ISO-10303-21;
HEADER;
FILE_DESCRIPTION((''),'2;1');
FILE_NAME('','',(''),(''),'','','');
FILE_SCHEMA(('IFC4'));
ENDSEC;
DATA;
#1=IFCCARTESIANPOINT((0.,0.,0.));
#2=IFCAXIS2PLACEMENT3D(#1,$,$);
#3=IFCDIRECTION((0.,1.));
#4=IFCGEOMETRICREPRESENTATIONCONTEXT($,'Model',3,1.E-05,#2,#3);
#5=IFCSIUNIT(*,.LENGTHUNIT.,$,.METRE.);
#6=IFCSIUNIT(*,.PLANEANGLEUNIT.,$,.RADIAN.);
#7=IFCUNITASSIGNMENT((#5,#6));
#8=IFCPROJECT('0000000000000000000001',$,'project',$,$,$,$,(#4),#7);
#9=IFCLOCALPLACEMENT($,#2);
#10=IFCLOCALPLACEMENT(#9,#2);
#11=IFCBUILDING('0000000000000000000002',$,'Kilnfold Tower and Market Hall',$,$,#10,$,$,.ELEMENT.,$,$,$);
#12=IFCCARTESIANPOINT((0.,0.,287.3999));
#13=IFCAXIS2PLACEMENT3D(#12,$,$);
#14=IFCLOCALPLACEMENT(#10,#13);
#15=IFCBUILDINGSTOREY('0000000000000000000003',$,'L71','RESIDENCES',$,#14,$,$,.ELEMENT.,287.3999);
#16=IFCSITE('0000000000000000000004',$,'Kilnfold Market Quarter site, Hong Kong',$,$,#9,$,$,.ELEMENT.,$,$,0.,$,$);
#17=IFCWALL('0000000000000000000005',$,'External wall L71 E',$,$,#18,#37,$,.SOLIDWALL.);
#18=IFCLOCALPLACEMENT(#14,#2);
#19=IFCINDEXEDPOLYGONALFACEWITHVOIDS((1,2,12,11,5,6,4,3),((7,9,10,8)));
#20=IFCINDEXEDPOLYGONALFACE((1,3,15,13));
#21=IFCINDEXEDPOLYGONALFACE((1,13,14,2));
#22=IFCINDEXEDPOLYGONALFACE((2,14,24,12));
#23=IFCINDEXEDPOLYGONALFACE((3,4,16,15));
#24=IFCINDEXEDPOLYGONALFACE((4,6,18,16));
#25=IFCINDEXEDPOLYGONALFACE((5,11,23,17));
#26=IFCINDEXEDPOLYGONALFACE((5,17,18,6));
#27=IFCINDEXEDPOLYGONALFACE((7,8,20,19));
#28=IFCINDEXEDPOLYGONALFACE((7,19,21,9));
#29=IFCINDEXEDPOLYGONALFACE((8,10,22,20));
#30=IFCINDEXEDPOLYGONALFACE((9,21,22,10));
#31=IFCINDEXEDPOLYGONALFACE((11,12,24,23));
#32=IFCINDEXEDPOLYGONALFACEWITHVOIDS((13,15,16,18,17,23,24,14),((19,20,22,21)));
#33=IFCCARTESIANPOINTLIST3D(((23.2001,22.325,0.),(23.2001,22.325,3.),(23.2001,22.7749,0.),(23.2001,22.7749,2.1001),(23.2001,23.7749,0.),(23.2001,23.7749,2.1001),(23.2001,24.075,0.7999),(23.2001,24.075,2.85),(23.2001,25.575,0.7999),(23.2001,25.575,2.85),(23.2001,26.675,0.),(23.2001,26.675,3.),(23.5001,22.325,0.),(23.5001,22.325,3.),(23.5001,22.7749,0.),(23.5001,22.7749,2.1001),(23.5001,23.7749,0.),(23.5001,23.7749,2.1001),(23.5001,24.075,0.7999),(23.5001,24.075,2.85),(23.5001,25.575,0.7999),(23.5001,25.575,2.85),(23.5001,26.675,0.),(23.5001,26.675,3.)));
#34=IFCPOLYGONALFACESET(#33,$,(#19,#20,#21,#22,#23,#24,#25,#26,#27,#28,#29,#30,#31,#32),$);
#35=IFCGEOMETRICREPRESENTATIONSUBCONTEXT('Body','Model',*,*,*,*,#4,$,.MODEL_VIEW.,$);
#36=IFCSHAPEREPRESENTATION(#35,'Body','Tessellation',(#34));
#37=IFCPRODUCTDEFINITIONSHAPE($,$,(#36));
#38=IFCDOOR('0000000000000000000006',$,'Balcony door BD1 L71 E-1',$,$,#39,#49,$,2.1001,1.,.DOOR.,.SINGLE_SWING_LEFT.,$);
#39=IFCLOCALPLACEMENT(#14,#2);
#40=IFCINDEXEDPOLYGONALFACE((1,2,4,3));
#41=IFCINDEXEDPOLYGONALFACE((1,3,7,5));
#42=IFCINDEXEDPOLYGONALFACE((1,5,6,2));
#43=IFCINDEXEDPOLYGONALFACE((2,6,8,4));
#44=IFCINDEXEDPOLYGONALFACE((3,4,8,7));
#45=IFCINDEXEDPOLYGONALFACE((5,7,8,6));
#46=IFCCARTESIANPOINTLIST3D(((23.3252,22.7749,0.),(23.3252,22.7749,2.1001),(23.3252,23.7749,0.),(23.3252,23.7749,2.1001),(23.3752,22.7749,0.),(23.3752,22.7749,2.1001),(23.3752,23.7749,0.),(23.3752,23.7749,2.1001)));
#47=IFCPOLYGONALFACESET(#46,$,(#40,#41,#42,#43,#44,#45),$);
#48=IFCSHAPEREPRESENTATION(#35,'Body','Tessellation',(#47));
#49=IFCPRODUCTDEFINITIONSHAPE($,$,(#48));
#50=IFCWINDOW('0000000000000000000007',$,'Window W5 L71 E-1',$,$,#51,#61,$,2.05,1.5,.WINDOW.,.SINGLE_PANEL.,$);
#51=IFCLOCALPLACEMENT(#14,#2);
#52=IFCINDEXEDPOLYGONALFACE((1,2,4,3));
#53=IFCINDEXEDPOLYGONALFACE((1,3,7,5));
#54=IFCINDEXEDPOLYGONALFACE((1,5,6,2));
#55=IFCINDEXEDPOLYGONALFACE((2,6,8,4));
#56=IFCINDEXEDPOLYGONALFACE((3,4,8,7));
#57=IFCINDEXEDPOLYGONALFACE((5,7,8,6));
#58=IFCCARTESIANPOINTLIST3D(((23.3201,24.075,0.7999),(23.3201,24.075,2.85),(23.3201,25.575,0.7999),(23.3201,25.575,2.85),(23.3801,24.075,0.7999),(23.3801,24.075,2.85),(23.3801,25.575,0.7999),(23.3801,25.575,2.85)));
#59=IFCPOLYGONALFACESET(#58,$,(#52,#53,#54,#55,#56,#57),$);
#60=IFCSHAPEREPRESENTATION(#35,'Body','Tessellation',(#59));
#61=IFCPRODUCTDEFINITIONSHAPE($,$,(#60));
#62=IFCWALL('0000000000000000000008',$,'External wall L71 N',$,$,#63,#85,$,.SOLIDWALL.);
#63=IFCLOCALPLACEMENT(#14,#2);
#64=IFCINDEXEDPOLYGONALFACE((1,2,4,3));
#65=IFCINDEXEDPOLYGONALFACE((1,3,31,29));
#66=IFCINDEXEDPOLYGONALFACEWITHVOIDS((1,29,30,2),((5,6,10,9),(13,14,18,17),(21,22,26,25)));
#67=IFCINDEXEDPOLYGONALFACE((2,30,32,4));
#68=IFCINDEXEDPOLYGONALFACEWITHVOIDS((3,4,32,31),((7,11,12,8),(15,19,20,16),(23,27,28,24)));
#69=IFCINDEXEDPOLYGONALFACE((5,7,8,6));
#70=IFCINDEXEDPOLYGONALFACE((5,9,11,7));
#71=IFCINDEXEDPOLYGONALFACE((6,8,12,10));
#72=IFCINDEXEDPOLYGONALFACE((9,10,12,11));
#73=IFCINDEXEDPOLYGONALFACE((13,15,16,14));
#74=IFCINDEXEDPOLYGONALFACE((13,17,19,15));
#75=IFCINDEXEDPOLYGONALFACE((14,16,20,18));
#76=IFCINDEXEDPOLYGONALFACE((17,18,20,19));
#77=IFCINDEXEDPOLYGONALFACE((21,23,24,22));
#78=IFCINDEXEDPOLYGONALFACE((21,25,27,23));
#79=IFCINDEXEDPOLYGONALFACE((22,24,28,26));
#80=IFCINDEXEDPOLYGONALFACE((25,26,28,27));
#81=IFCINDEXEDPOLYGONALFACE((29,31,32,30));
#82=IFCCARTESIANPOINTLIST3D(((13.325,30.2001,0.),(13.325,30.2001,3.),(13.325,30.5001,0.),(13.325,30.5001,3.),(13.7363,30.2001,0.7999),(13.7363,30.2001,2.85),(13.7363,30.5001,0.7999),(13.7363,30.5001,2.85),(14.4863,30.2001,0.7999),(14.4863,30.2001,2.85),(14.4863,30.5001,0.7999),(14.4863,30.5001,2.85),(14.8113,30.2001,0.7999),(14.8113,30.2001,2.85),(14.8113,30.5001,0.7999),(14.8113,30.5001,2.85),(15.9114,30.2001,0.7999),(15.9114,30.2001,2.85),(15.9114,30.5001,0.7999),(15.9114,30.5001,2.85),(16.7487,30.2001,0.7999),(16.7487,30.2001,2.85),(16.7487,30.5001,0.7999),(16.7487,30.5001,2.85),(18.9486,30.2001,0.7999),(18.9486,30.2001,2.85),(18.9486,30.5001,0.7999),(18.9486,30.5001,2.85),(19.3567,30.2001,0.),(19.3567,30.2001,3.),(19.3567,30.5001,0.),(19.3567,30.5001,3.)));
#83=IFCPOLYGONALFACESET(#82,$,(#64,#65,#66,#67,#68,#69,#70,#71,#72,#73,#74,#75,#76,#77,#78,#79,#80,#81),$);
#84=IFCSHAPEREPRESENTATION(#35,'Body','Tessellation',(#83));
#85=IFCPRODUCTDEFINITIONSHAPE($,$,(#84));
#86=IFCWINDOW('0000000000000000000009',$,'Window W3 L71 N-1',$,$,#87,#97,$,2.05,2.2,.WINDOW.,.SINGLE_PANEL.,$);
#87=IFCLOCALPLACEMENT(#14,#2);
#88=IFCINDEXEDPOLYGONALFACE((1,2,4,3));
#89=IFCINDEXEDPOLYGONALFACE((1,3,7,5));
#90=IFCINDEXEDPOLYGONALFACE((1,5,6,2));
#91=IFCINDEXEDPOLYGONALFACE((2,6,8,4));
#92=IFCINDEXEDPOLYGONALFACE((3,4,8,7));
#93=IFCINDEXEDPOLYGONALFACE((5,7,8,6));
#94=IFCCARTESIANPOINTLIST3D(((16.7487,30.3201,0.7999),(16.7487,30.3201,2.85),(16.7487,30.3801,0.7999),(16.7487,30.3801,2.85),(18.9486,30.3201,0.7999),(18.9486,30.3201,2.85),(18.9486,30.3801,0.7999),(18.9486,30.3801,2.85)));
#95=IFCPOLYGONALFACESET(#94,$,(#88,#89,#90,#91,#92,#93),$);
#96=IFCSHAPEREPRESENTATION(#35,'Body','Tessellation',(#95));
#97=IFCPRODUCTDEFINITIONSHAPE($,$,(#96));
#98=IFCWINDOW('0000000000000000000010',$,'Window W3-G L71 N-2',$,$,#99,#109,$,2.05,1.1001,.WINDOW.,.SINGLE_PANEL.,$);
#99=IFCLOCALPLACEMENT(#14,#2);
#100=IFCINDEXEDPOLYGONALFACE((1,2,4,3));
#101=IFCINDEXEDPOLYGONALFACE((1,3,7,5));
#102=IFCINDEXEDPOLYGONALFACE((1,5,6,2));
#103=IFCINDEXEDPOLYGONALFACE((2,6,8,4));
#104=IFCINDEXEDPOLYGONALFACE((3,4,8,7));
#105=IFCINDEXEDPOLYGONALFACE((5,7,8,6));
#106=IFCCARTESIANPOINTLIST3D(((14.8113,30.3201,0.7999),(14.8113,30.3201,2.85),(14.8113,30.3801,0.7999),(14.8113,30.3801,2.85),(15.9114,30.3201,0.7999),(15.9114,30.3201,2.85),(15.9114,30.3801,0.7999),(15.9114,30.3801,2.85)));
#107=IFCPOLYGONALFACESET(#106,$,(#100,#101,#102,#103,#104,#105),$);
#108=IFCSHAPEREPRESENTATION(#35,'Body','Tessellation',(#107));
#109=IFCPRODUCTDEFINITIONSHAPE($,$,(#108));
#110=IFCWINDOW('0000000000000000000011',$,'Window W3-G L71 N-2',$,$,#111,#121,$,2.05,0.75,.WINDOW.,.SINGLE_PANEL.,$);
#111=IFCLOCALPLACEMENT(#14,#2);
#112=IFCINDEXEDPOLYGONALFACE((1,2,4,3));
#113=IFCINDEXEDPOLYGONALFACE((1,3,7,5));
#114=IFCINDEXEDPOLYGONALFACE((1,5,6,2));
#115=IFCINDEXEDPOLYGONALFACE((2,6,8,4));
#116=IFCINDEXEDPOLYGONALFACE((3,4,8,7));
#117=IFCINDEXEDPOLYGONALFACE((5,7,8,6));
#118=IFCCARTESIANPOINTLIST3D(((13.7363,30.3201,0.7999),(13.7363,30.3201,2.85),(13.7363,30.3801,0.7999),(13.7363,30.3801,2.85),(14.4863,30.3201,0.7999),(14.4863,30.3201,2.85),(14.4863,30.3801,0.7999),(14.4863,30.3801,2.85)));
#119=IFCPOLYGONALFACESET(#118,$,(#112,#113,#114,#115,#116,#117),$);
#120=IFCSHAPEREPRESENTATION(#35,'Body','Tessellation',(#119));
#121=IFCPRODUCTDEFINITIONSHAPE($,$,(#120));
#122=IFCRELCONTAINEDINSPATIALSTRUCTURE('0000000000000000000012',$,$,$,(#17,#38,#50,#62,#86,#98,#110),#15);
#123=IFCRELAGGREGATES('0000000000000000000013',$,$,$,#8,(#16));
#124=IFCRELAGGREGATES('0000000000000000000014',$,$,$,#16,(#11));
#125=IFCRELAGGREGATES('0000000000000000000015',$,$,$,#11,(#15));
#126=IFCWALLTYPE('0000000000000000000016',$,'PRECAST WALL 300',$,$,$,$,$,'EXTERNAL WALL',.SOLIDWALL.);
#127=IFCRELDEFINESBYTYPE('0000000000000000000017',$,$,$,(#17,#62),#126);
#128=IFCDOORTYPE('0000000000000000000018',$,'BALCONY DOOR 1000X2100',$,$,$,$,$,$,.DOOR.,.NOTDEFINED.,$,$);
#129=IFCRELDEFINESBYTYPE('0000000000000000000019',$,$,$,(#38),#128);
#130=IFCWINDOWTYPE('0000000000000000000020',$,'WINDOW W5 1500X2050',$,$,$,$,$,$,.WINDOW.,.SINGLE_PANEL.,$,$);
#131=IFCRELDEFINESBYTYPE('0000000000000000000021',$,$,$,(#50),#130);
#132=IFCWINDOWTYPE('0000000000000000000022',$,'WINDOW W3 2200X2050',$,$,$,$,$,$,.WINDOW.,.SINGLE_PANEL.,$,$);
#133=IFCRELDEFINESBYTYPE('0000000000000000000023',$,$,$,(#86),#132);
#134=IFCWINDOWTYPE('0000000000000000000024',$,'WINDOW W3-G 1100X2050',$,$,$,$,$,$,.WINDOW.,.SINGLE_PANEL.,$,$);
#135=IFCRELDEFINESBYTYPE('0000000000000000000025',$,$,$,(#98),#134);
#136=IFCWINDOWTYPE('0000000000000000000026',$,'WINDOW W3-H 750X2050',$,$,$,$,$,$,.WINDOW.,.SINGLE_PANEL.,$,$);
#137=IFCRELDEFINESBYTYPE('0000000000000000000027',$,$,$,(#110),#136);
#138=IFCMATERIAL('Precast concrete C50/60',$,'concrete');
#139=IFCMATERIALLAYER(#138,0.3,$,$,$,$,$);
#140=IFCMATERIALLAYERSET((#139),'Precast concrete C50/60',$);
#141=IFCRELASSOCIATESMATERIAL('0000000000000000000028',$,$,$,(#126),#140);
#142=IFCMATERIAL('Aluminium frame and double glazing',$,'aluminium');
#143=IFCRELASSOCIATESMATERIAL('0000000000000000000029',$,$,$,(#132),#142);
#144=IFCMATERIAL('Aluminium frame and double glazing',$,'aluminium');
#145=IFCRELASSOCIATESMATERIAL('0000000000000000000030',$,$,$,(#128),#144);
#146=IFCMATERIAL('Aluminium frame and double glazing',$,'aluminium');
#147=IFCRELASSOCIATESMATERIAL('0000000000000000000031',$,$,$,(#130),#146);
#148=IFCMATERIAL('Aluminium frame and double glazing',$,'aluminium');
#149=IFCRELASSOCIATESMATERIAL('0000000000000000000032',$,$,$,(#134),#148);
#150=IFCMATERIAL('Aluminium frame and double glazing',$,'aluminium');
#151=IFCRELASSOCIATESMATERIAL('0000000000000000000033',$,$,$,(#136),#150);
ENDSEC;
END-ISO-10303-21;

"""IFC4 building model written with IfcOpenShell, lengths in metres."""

from ifc_helpers import new_model, si_unit, direction, frame, frame_2d, origin, place, context, subcontext, project, spatial, rectangle, extrude, source, transform, mapped, material, layer, layer_set, type_object, element, fill, save


model = new_model("IFC4")

# Units and contexts
model_context = context("Model", 3, precision=1e-05, world=origin(), true_north=direction((0.0, 1.0)))
body_context = subcontext(model_context, "Body", "Model", "MODEL_VIEW")
ifc_project = project(units=[si_unit("LENGTHUNIT", "METRE"), si_unit("PLANEANGLEUNIT", "RADIAN")], contexts=[model_context])

# Site, building, storey
site_placement = place(None, origin())
site = spatial("IfcSite", under=ifc_project, at=site_placement, Name="Kilnfold Market Quarter site, Hong Kong", CompositionType="ELEMENT", RefElevation=0.0)
building_placement = place(site_placement, origin())
building = spatial("IfcBuilding", under=site, at=building_placement, Name="Kilnfold Tower and Market Hall", CompositionType="ELEMENT")
storey_placement = place(building_placement, frame((0.0, 0.0, 287.3999)))
storey = spatial("IfcBuildingStorey", under=building, at=storey_placement, Name="L71", Description="RESIDENCES", CompositionType="ELEMENT", Elevation=287.3999)

# Shared definitions
ifc_material_1 = material(Name="Precast concrete C50/60", Category="concrete")
ifc_layer_1 = layer(ifc_material_1, 0.3)
ifc_layer_set_1 = layer_set([ifc_layer_1], Name="Precast concrete C50/60")
wall_type_1 = type_object("IfcWallType", Name="PRECAST WALL 300", ElementType="EXTERNAL WALL", PredefinedType="SOLIDWALL", material=ifc_layer_set_1)
ifc_material_2 = material(Name="Aluminium frame and double glazing", Category="aluminium")
window_type_1 = type_object("IfcWindowType", Name="WINDOW W3 2200X2050", PartitioningType="SINGLE_PANEL", PredefinedType="WINDOW", material=ifc_material_2)

# Wall, openings, door, window
shared_shape_1 = source(origin(), body_context, "Body", "SweptSolid", [
    extrude(rectangle(XDim=4.3501, YDim=0.3, at=frame_2d((2.175, 0.0))), origin(), (0.0, 0.0, 1.0), 3.0),
])
wall_1_placement = place(storey_placement, frame((23.3501, 22.325, 0.0), z_axis=(0.0, 0.0, 1.0), x_axis=(0.0, 1.0, 0.0)))
wall_1 = element("IfcWall", 1, at=wall_1_placement, inside=storey, type_object=wall_type_1, Name="External wall L71 E", PredefinedType="SOLIDWALL", context=body_context, shape_type="MappedRepresentation", body=[
    mapped(shared_shape_1, transform((0.0, 0.0, 0.0))),
])
opening_1_placement = place(wall_1_placement, frame((1.75, 0.0, 0.8)))
opening_1 = element("IfcOpeningElement", 2, at=opening_1_placement, cuts=wall_1, PredefinedType="OPENING", context=body_context, shape_type="SweptSolid", body=[
    extrude(rectangle(XDim=1.5, YDim=2.05, at=frame_2d((0.75, 1.0249))), frame((0.0, 0.1602, 0.0), z_axis=(0.0, -1.0, 0.0), x_axis=(1.0, 0.0, 0.0)), (0.0, 0.0, 1.0), 0.3201),
])
opening_2_placement = place(wall_1_placement, frame((0.45, 0.0, 0.0)))
opening_2 = element("IfcOpeningElement", 3, at=opening_2_placement, cuts=wall_1, PredefinedType="OPENING", context=body_context, shape_type="SweptSolid", body=[
    extrude(rectangle(XDim=1.0, YDim=2.1001, at=frame_2d((0.5, 1.05))), frame((0.0, 0.1602, 0.0), z_axis=(0.0, -1.0, 0.0), x_axis=(1.0, 0.0, 0.0)), (0.0, 0.0, 1.0), 0.3201),
])
ifc_material_3 = material(Name="Aluminium frame and double glazing", Category="aluminium")
door_type_1 = type_object("IfcDoorType", Name="BALCONY DOOR 1000X2100", OperationType="NOTDEFINED", PredefinedType="DOOR", material=ifc_material_3)
door_1_placement = place(opening_2_placement, origin())
door_1 = element("IfcDoor", 4, at=door_1_placement, inside=storey, type_object=door_type_1, Name="Balcony door BD1 L71 E-1", OperationType="SINGLE_SWING_LEFT", OverallHeight=2.1001, OverallWidth=1.0, PredefinedType="DOOR", context=body_context, shape_type="SweptSolid", body=[
    extrude(rectangle(XDim=1.0, YDim=2.1001, at=frame_2d((0.5, 1.05))), frame((0.0, 0.0249, 0.0), z_axis=(0.0, -1.0, 0.0), x_axis=(1.0, 0.0, 0.0)), (0.0, 0.0, 1.0), 0.05),
])
fill(opening_2, door_1)
ifc_material_4 = material(Name="Aluminium frame and double glazing", Category="aluminium")
window_type_2 = type_object("IfcWindowType", Name="WINDOW W5 1500X2050", PartitioningType="SINGLE_PANEL", PredefinedType="WINDOW", material=ifc_material_4)
window_1_placement = place(opening_1_placement, origin())
window_1 = element("IfcWindow", 5, at=window_1_placement, inside=storey, type_object=window_type_2, Name="Window W5 L71 E-1", OverallHeight=2.05, OverallWidth=1.5, PartitioningType="SINGLE_PANEL", PredefinedType="WINDOW", context=body_context, shape_type="SweptSolid", body=[
    extrude(rectangle(XDim=1.5, YDim=2.05, at=frame_2d((0.75, 1.0249))), frame((0.0, 0.03, 0.0), z_axis=(0.0, -1.0, 0.0), x_axis=(1.0, 0.0, 0.0)), (0.0, 0.0, 1.0), 0.0601),
])
fill(opening_1, window_1)

# Wall, openings, windows
shared_shape_2 = source(origin(), body_context, "Body", "SweptSolid", [
    extrude(rectangle(XDim=6.0317, YDim=0.3, at=frame_2d((3.0159, 0.0))), origin(), (0.0, 0.0, 1.0), 3.0),
])
wall_2_placement = place(storey_placement, frame((19.3567, 30.3501, 0.0), z_axis=(0.0, 0.0, 1.0), x_axis=(-1.0, 0.0, 0.0)))
wall_2 = element("IfcWall", 6, at=wall_2_placement, inside=storey, type_object=wall_type_1, Name="External wall L71 N", PredefinedType="SOLIDWALL", context=body_context, shape_type="MappedRepresentation", body=[
    mapped(shared_shape_2, transform((0.0, 0.0, 0.0))),
])
opening_3_placement = place(wall_2_placement, frame((0.408, 0.0, 0.8)))
opening_3 = element("IfcOpeningElement", 7, at=opening_3_placement, cuts=wall_2, PredefinedType="OPENING", context=body_context, shape_type="SweptSolid", body=[
    extrude(rectangle(XDim=2.2, YDim=2.05, at=frame_2d((1.1001, 1.0249))), frame((0.0, 0.1602, 0.0), z_axis=(0.0, -1.0, 0.0), x_axis=(1.0, 0.0, 0.0)), (0.0, 0.0, 1.0), 0.3201),
])
opening_4_placement = place(wall_2_placement, frame((3.4453, 0.0, 0.8)))
opening_4 = element("IfcOpeningElement", 8, at=opening_4_placement, cuts=wall_2, PredefinedType="OPENING", context=body_context, shape_type="SweptSolid", body=[
    extrude(rectangle(XDim=1.1001, YDim=2.05, at=frame_2d((0.55, 1.0249))), frame((0.0, 0.1602, 0.0), z_axis=(0.0, -1.0, 0.0), x_axis=(1.0, 0.0, 0.0)), (0.0, 0.0, 1.0), 0.3201),
])
opening_5_placement = place(wall_2_placement, frame((4.8704, 0.0, 0.8)))
opening_5 = element("IfcOpeningElement", 9, at=opening_5_placement, cuts=wall_2, PredefinedType="OPENING", context=body_context, shape_type="SweptSolid", body=[
    extrude(rectangle(XDim=0.75, YDim=2.05, at=frame_2d((0.375, 1.0249))), frame((0.0, 0.1602, 0.0), z_axis=(0.0, -1.0, 0.0), x_axis=(1.0, 0.0, 0.0)), (0.0, 0.0, 1.0), 0.3201),
])
window_2_placement = place(opening_3_placement, origin())
window_2 = element("IfcWindow", 10, at=window_2_placement, inside=storey, type_object=window_type_1, Name="Window W3 L71 N-1", OverallHeight=2.05, OverallWidth=2.2, PartitioningType="SINGLE_PANEL", PredefinedType="WINDOW", context=body_context, shape_type="SweptSolid", body=[
    extrude(rectangle(XDim=2.2, YDim=2.05, at=frame_2d((1.1001, 1.0249))), frame((0.0, 0.03, 0.0), z_axis=(0.0, -1.0, 0.0), x_axis=(1.0, 0.0, 0.0)), (0.0, 0.0, 1.0), 0.0601),
])
fill(opening_3, window_2)
ifc_material_5 = material(Name="Aluminium frame and double glazing", Category="aluminium")
window_type_3 = type_object("IfcWindowType", Name="WINDOW W3-G 1100X2050", PartitioningType="SINGLE_PANEL", PredefinedType="WINDOW", material=ifc_material_5)
window_3_placement = place(opening_4_placement, origin())
window_3 = element("IfcWindow", 11, at=window_3_placement, inside=storey, type_object=window_type_3, Name="Window W3-G L71 N-2", OverallHeight=2.05, OverallWidth=1.1001, PartitioningType="SINGLE_PANEL", PredefinedType="WINDOW", context=body_context, shape_type="SweptSolid", body=[
    extrude(rectangle(XDim=1.1001, YDim=2.05, at=frame_2d((0.55, 1.0249))), frame((0.0, 0.03, 0.0), z_axis=(0.0, -1.0, 0.0), x_axis=(1.0, 0.0, 0.0)), (0.0, 0.0, 1.0), 0.0601),
])
fill(opening_4, window_3)
ifc_material_6 = material(Name="Aluminium frame and double glazing", Category="aluminium")
window_type_4 = type_object("IfcWindowType", Name="WINDOW W3-H 750X2050", PartitioningType="SINGLE_PANEL", PredefinedType="WINDOW", material=ifc_material_6)
window_4_placement = place(opening_5_placement, origin())
window_4 = element("IfcWindow", 12, at=window_4_placement, inside=storey, type_object=window_type_4, Name="Window W3-G L71 N-2", OverallHeight=2.05, OverallWidth=0.75, PartitioningType="SINGLE_PANEL", PredefinedType="WINDOW", context=body_context, shape_type="SweptSolid", body=[
    extrude(rectangle(XDim=0.75, YDim=2.05, at=frame_2d((0.375, 1.0249))), frame((0.0, 0.03, 0.0), z_axis=(0.0, -1.0, 0.0), x_axis=(1.0, 0.0, 0.0)), (0.0, 0.0, 1.0), 0.0601),
])
fill(opening_5, window_4)

save(model, "model.ifc")
